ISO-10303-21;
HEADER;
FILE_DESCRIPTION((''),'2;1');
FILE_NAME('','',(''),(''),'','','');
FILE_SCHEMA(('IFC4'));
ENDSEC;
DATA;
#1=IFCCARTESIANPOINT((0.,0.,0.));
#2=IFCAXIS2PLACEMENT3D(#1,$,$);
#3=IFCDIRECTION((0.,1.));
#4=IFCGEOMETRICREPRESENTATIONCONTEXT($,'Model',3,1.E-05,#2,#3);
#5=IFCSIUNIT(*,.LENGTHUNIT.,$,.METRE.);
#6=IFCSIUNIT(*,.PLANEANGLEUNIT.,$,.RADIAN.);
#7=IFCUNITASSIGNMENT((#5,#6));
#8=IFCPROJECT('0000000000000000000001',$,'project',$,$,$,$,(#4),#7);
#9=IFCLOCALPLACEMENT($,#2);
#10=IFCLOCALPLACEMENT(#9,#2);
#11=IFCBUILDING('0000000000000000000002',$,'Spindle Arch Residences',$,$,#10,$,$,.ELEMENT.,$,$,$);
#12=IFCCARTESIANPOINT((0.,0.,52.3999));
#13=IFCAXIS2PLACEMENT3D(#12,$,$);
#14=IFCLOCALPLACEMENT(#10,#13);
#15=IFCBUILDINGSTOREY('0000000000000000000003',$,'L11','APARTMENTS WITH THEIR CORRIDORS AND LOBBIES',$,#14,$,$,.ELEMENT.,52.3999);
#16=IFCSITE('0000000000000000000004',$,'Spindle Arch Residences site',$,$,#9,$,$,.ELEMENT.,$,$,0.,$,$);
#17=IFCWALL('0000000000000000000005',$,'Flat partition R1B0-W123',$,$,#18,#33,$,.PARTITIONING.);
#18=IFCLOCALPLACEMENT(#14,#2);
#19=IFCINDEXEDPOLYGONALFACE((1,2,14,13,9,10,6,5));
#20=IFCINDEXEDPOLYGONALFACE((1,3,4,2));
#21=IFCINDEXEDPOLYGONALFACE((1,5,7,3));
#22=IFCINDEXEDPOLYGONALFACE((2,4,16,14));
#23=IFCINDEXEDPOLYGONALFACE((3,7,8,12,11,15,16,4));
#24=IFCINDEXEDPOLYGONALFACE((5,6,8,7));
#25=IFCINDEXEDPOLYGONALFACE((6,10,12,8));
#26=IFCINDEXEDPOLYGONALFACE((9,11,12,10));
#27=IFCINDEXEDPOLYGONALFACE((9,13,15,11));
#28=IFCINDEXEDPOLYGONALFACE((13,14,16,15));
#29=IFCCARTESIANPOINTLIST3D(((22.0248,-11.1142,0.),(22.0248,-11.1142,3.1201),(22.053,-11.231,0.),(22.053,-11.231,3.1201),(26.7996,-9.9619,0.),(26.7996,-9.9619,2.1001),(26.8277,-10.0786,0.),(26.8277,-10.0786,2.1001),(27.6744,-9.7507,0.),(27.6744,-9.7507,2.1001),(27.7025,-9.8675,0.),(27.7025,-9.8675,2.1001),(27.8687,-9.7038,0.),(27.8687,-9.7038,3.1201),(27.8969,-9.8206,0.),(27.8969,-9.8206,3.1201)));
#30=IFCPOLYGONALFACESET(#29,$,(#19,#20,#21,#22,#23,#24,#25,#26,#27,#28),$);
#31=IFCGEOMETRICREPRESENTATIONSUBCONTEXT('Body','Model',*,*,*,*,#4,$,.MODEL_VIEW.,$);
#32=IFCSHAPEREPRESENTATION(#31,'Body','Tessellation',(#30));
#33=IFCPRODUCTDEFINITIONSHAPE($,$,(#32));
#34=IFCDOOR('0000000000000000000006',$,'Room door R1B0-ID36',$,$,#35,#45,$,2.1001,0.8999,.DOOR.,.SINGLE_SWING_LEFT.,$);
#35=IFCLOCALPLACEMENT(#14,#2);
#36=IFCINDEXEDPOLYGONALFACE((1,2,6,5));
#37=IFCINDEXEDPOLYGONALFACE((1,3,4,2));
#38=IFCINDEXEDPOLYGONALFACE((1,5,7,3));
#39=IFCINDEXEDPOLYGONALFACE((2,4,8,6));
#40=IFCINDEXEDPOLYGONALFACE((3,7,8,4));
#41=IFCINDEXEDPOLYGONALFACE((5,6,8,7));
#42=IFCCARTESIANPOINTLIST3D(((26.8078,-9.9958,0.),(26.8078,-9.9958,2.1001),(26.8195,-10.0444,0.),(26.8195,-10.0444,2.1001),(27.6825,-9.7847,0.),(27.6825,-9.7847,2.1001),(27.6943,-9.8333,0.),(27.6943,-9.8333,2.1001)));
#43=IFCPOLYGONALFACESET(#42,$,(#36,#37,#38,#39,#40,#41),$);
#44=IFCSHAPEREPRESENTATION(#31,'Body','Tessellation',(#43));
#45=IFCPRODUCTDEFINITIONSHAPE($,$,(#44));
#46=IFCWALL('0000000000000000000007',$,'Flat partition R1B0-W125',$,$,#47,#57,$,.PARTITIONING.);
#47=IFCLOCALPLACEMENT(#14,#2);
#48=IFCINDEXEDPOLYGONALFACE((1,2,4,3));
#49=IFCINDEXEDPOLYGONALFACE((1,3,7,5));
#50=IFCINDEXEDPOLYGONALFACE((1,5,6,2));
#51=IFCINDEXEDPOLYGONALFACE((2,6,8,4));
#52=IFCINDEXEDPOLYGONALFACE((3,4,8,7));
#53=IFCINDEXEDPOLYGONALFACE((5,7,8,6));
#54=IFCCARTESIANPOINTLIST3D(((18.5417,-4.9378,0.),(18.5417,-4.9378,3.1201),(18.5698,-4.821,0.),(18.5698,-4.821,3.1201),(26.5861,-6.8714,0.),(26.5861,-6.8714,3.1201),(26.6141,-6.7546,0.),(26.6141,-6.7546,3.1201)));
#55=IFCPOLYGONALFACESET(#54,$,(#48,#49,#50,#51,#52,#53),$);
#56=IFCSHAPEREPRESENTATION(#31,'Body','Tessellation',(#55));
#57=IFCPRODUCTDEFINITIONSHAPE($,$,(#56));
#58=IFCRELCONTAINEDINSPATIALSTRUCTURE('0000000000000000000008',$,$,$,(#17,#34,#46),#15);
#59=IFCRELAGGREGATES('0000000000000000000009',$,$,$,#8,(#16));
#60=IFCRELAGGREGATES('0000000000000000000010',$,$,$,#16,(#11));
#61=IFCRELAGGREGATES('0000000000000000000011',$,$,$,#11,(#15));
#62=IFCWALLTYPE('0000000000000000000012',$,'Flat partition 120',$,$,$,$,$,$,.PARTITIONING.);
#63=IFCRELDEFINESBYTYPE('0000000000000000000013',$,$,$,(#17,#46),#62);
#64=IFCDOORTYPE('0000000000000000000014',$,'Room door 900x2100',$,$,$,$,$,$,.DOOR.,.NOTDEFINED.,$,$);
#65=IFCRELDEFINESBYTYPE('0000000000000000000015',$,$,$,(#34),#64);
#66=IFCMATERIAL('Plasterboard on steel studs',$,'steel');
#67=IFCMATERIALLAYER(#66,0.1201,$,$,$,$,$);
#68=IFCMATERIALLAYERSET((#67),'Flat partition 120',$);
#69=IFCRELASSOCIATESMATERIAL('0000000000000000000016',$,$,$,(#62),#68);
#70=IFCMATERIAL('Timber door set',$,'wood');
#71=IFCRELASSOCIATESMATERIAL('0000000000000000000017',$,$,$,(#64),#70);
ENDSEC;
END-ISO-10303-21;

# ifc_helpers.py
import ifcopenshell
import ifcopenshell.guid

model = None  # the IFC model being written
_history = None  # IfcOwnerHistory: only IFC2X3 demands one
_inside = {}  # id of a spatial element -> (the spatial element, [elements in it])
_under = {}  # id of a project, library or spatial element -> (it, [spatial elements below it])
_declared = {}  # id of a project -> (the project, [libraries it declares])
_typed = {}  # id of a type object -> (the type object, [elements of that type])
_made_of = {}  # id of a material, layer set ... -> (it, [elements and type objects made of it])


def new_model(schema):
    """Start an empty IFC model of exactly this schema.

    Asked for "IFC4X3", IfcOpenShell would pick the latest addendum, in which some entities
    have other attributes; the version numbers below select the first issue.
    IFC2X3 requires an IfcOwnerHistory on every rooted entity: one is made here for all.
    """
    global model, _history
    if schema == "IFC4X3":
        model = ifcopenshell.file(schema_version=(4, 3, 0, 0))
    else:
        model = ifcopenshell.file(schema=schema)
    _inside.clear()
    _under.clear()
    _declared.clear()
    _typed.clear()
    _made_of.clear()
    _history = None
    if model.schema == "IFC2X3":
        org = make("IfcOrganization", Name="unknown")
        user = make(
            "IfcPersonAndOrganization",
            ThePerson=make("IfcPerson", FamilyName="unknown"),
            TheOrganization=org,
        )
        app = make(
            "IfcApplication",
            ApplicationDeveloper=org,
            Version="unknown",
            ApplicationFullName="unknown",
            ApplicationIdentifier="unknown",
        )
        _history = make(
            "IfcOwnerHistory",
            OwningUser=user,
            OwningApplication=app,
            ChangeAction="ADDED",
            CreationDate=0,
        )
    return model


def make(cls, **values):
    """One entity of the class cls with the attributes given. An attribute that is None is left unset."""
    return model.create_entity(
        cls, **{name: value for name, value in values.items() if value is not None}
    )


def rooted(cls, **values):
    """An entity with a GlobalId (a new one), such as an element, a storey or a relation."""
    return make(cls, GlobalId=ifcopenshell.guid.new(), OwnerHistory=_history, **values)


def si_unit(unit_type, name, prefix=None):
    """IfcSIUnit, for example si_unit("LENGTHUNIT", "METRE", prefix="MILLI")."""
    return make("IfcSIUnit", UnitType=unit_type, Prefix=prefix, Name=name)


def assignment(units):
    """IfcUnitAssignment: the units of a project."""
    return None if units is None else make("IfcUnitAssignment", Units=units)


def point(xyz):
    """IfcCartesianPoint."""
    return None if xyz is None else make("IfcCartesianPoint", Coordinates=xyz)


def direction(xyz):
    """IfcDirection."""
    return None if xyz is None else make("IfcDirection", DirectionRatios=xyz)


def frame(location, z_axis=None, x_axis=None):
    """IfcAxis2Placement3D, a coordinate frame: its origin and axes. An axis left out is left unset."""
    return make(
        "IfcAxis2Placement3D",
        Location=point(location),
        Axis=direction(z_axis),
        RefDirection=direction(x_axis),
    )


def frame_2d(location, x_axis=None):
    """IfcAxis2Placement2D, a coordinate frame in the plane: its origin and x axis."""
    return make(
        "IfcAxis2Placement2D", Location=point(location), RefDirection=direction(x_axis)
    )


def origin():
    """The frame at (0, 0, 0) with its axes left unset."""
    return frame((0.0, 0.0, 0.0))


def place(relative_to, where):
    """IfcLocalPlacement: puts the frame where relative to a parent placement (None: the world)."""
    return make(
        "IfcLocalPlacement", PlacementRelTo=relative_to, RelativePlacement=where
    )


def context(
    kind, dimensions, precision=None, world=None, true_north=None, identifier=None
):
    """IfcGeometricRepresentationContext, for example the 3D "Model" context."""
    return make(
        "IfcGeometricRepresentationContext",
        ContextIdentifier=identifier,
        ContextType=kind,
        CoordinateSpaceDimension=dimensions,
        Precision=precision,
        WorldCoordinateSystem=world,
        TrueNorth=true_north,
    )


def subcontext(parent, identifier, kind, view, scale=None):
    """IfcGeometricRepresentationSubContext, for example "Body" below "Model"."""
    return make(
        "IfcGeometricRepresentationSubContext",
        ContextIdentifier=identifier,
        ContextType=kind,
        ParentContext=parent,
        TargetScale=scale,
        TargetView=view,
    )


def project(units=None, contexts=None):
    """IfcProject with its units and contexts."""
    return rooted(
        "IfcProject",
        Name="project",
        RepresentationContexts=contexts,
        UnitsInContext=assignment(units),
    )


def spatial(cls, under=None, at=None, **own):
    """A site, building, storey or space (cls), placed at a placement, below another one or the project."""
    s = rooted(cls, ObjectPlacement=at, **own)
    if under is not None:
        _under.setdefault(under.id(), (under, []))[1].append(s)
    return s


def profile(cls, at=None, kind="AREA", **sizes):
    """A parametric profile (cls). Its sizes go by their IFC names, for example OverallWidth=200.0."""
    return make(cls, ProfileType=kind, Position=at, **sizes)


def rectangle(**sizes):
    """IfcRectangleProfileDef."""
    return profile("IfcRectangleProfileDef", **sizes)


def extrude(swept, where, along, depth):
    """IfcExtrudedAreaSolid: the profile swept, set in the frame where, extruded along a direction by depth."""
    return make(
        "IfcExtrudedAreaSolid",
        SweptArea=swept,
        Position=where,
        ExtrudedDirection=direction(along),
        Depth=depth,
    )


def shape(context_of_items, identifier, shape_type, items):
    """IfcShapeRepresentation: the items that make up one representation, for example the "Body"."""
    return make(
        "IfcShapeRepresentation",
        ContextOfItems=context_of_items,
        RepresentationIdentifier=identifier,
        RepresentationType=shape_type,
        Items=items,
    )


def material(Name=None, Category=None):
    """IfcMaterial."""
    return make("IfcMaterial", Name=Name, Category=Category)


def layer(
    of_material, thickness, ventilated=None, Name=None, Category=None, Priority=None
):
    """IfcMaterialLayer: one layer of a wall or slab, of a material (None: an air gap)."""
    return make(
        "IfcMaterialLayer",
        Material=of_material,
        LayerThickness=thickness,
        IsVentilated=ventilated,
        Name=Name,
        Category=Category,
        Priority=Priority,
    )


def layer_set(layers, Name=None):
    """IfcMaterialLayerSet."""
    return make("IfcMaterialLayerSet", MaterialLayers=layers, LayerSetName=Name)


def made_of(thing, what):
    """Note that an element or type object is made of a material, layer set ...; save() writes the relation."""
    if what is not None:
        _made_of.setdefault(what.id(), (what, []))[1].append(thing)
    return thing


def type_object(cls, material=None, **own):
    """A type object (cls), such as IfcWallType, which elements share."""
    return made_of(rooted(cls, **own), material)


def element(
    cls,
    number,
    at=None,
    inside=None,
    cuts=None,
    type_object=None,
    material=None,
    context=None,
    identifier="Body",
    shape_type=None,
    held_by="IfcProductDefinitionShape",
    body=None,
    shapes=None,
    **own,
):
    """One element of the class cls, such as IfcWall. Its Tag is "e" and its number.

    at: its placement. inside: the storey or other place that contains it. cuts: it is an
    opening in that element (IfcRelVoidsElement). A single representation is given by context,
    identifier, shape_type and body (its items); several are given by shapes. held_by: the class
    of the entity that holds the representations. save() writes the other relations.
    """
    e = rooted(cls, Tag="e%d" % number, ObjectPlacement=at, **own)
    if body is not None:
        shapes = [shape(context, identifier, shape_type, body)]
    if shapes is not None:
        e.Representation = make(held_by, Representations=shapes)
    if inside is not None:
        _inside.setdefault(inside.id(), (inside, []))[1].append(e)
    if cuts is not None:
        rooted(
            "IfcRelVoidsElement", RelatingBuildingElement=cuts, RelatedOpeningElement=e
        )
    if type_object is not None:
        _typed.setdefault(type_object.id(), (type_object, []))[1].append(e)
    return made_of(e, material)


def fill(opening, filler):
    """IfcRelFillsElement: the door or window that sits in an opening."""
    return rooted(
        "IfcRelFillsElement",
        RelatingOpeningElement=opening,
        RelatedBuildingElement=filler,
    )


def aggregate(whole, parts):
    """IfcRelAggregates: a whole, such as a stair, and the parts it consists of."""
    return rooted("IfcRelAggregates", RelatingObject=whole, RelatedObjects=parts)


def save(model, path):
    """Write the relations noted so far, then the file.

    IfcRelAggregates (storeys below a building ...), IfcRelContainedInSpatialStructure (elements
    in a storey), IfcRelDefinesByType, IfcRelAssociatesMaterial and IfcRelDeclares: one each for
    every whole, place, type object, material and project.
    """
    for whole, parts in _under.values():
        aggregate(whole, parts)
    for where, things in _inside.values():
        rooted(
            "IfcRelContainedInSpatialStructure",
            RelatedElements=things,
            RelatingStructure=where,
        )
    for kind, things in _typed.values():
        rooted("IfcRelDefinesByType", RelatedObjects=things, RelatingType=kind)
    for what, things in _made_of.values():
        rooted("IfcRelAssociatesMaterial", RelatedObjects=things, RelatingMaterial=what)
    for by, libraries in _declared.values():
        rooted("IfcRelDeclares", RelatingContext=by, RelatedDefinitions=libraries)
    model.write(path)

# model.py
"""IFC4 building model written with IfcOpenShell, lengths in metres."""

from ifc_helpers import new_model, si_unit, direction, frame, frame_2d, origin, place, context, subcontext, project, spatial, rectangle, extrude, material, layer, layer_set, type_object, element, fill, save


model = new_model("IFC4")

# Units and contexts
model_context = context("Model", 3, precision=1e-05, world=origin(), true_north=direction((0.0, 1.0)))
body_context = subcontext(model_context, "Body", "Model", "MODEL_VIEW")
ifc_project = project(units=[si_unit("LENGTHUNIT", "METRE"), si_unit("PLANEANGLEUNIT", "RADIAN")], contexts=[model_context])

# Site, building, storey
site_placement = place(None, origin())
site = spatial("IfcSite", under=ifc_project, at=site_placement, Name="Spindle Arch Residences site", CompositionType="ELEMENT", RefElevation=0.0)
building_placement = place(site_placement, origin())
building = spatial("IfcBuilding", under=site, at=building_placement, Name="Spindle Arch Residences", CompositionType="ELEMENT")
storey_placement = place(building_placement, frame((0.0, 0.0, 52.3999)))
storey = spatial("IfcBuildingStorey", under=building, at=storey_placement, Name="L11", Description="APARTMENTS WITH THEIR CORRIDORS AND LOBBIES", CompositionType="ELEMENT", Elevation=52.3999)

# Shared definitions
ifc_material_1 = material(Name="Plasterboard on steel studs", Category="steel")
ifc_layer_1 = layer(ifc_material_1, 0.1201)
ifc_layer_set_1 = layer_set([ifc_layer_1], Name="Flat partition 120")
wall_type = type_object("IfcWallType", Name="Flat partition 120", PredefinedType="PARTITIONING", material=ifc_layer_set_1)

# Shared definitions
ifc_material_2 = material(Name="Timber door set", Category="wood")
door_type = type_object("IfcDoorType", Name="Room door 900x2100", OperationType="NOTDEFINED", PredefinedType="DOOR", material=ifc_material_2)

# Wall, opening, door
wall_1_placement = place(storey_placement, frame((27.8828, -9.7622, 0.0), z_axis=(0.0, 0.0, 1.0), x_axis=(-0.972091, -0.234606, 0.0)))
wall_1 = element("IfcWall", 1, at=wall_1_placement, inside=storey, type_object=wall_type, Name="Flat partition R1B0-W123", PredefinedType="PARTITIONING", context=body_context, shape_type="SweptSolid", body=[
    extrude(rectangle(XDim=6.0117, YDim=0.1201, at=frame_2d((3.0059, 0.0))), origin(), (0.0, 0.0, 1.0), 3.1201),
])
opening_1_placement = place(wall_1_placement, frame((0.2, 0.0, 0.0)))
opening_1 = element("IfcOpeningElement", 2, at=opening_1_placement, cuts=wall_1, PredefinedType="OPENING", context=body_context, shape_type="SweptSolid", body=[
    extrude(rectangle(XDim=0.8999, YDim=2.1001, at=frame_2d((0.45, 1.05))), frame((0.0, 0.0701, 0.0), z_axis=(0.0, -1.0, 0.0), x_axis=(1.0, 0.0, 0.0)), (0.0, 0.0, 1.0), 0.1401),
])
door_1_placement = place(opening_1_placement, origin())
door_1 = element("IfcDoor", 3, at=door_1_placement, inside=storey, type_object=door_type, Name="Room door R1B0-ID36", OperationType="SINGLE_SWING_LEFT", OverallHeight=2.1001, OverallWidth=0.8999, PredefinedType="DOOR", context=body_context, shape_type="SweptSolid", body=[
    extrude(rectangle(XDim=0.8999, YDim=2.1001, at=frame_2d((0.45, 1.05))), frame((0.0, 0.0249, 0.0), z_axis=(0.0, -1.0, 0.0), x_axis=(1.0, 0.0, 0.0)), (0.0, 0.0, 1.0), 0.05),
])
fill(opening_1, door_1)

# Wall
wall_2_placement = place(storey_placement, frame((26.6001, -6.813, 0.0), z_axis=(0.0, 0.0, 1.0), x_axis=(-0.972307, 0.233708, 0.0)))
element("IfcWall", 4, at=wall_2_placement, inside=storey, type_object=wall_type, Name="Flat partition R1B0-W125", PredefinedType="PARTITIONING", context=body_context, shape_type="SweptSolid", body=[
    extrude(rectangle(XDim=8.2734, YDim=0.1201, at=frame_2d((4.1367, 0.0))), origin(), (0.0, 0.0, 1.0), 3.1201),
])

save(model, "model.ifc")
